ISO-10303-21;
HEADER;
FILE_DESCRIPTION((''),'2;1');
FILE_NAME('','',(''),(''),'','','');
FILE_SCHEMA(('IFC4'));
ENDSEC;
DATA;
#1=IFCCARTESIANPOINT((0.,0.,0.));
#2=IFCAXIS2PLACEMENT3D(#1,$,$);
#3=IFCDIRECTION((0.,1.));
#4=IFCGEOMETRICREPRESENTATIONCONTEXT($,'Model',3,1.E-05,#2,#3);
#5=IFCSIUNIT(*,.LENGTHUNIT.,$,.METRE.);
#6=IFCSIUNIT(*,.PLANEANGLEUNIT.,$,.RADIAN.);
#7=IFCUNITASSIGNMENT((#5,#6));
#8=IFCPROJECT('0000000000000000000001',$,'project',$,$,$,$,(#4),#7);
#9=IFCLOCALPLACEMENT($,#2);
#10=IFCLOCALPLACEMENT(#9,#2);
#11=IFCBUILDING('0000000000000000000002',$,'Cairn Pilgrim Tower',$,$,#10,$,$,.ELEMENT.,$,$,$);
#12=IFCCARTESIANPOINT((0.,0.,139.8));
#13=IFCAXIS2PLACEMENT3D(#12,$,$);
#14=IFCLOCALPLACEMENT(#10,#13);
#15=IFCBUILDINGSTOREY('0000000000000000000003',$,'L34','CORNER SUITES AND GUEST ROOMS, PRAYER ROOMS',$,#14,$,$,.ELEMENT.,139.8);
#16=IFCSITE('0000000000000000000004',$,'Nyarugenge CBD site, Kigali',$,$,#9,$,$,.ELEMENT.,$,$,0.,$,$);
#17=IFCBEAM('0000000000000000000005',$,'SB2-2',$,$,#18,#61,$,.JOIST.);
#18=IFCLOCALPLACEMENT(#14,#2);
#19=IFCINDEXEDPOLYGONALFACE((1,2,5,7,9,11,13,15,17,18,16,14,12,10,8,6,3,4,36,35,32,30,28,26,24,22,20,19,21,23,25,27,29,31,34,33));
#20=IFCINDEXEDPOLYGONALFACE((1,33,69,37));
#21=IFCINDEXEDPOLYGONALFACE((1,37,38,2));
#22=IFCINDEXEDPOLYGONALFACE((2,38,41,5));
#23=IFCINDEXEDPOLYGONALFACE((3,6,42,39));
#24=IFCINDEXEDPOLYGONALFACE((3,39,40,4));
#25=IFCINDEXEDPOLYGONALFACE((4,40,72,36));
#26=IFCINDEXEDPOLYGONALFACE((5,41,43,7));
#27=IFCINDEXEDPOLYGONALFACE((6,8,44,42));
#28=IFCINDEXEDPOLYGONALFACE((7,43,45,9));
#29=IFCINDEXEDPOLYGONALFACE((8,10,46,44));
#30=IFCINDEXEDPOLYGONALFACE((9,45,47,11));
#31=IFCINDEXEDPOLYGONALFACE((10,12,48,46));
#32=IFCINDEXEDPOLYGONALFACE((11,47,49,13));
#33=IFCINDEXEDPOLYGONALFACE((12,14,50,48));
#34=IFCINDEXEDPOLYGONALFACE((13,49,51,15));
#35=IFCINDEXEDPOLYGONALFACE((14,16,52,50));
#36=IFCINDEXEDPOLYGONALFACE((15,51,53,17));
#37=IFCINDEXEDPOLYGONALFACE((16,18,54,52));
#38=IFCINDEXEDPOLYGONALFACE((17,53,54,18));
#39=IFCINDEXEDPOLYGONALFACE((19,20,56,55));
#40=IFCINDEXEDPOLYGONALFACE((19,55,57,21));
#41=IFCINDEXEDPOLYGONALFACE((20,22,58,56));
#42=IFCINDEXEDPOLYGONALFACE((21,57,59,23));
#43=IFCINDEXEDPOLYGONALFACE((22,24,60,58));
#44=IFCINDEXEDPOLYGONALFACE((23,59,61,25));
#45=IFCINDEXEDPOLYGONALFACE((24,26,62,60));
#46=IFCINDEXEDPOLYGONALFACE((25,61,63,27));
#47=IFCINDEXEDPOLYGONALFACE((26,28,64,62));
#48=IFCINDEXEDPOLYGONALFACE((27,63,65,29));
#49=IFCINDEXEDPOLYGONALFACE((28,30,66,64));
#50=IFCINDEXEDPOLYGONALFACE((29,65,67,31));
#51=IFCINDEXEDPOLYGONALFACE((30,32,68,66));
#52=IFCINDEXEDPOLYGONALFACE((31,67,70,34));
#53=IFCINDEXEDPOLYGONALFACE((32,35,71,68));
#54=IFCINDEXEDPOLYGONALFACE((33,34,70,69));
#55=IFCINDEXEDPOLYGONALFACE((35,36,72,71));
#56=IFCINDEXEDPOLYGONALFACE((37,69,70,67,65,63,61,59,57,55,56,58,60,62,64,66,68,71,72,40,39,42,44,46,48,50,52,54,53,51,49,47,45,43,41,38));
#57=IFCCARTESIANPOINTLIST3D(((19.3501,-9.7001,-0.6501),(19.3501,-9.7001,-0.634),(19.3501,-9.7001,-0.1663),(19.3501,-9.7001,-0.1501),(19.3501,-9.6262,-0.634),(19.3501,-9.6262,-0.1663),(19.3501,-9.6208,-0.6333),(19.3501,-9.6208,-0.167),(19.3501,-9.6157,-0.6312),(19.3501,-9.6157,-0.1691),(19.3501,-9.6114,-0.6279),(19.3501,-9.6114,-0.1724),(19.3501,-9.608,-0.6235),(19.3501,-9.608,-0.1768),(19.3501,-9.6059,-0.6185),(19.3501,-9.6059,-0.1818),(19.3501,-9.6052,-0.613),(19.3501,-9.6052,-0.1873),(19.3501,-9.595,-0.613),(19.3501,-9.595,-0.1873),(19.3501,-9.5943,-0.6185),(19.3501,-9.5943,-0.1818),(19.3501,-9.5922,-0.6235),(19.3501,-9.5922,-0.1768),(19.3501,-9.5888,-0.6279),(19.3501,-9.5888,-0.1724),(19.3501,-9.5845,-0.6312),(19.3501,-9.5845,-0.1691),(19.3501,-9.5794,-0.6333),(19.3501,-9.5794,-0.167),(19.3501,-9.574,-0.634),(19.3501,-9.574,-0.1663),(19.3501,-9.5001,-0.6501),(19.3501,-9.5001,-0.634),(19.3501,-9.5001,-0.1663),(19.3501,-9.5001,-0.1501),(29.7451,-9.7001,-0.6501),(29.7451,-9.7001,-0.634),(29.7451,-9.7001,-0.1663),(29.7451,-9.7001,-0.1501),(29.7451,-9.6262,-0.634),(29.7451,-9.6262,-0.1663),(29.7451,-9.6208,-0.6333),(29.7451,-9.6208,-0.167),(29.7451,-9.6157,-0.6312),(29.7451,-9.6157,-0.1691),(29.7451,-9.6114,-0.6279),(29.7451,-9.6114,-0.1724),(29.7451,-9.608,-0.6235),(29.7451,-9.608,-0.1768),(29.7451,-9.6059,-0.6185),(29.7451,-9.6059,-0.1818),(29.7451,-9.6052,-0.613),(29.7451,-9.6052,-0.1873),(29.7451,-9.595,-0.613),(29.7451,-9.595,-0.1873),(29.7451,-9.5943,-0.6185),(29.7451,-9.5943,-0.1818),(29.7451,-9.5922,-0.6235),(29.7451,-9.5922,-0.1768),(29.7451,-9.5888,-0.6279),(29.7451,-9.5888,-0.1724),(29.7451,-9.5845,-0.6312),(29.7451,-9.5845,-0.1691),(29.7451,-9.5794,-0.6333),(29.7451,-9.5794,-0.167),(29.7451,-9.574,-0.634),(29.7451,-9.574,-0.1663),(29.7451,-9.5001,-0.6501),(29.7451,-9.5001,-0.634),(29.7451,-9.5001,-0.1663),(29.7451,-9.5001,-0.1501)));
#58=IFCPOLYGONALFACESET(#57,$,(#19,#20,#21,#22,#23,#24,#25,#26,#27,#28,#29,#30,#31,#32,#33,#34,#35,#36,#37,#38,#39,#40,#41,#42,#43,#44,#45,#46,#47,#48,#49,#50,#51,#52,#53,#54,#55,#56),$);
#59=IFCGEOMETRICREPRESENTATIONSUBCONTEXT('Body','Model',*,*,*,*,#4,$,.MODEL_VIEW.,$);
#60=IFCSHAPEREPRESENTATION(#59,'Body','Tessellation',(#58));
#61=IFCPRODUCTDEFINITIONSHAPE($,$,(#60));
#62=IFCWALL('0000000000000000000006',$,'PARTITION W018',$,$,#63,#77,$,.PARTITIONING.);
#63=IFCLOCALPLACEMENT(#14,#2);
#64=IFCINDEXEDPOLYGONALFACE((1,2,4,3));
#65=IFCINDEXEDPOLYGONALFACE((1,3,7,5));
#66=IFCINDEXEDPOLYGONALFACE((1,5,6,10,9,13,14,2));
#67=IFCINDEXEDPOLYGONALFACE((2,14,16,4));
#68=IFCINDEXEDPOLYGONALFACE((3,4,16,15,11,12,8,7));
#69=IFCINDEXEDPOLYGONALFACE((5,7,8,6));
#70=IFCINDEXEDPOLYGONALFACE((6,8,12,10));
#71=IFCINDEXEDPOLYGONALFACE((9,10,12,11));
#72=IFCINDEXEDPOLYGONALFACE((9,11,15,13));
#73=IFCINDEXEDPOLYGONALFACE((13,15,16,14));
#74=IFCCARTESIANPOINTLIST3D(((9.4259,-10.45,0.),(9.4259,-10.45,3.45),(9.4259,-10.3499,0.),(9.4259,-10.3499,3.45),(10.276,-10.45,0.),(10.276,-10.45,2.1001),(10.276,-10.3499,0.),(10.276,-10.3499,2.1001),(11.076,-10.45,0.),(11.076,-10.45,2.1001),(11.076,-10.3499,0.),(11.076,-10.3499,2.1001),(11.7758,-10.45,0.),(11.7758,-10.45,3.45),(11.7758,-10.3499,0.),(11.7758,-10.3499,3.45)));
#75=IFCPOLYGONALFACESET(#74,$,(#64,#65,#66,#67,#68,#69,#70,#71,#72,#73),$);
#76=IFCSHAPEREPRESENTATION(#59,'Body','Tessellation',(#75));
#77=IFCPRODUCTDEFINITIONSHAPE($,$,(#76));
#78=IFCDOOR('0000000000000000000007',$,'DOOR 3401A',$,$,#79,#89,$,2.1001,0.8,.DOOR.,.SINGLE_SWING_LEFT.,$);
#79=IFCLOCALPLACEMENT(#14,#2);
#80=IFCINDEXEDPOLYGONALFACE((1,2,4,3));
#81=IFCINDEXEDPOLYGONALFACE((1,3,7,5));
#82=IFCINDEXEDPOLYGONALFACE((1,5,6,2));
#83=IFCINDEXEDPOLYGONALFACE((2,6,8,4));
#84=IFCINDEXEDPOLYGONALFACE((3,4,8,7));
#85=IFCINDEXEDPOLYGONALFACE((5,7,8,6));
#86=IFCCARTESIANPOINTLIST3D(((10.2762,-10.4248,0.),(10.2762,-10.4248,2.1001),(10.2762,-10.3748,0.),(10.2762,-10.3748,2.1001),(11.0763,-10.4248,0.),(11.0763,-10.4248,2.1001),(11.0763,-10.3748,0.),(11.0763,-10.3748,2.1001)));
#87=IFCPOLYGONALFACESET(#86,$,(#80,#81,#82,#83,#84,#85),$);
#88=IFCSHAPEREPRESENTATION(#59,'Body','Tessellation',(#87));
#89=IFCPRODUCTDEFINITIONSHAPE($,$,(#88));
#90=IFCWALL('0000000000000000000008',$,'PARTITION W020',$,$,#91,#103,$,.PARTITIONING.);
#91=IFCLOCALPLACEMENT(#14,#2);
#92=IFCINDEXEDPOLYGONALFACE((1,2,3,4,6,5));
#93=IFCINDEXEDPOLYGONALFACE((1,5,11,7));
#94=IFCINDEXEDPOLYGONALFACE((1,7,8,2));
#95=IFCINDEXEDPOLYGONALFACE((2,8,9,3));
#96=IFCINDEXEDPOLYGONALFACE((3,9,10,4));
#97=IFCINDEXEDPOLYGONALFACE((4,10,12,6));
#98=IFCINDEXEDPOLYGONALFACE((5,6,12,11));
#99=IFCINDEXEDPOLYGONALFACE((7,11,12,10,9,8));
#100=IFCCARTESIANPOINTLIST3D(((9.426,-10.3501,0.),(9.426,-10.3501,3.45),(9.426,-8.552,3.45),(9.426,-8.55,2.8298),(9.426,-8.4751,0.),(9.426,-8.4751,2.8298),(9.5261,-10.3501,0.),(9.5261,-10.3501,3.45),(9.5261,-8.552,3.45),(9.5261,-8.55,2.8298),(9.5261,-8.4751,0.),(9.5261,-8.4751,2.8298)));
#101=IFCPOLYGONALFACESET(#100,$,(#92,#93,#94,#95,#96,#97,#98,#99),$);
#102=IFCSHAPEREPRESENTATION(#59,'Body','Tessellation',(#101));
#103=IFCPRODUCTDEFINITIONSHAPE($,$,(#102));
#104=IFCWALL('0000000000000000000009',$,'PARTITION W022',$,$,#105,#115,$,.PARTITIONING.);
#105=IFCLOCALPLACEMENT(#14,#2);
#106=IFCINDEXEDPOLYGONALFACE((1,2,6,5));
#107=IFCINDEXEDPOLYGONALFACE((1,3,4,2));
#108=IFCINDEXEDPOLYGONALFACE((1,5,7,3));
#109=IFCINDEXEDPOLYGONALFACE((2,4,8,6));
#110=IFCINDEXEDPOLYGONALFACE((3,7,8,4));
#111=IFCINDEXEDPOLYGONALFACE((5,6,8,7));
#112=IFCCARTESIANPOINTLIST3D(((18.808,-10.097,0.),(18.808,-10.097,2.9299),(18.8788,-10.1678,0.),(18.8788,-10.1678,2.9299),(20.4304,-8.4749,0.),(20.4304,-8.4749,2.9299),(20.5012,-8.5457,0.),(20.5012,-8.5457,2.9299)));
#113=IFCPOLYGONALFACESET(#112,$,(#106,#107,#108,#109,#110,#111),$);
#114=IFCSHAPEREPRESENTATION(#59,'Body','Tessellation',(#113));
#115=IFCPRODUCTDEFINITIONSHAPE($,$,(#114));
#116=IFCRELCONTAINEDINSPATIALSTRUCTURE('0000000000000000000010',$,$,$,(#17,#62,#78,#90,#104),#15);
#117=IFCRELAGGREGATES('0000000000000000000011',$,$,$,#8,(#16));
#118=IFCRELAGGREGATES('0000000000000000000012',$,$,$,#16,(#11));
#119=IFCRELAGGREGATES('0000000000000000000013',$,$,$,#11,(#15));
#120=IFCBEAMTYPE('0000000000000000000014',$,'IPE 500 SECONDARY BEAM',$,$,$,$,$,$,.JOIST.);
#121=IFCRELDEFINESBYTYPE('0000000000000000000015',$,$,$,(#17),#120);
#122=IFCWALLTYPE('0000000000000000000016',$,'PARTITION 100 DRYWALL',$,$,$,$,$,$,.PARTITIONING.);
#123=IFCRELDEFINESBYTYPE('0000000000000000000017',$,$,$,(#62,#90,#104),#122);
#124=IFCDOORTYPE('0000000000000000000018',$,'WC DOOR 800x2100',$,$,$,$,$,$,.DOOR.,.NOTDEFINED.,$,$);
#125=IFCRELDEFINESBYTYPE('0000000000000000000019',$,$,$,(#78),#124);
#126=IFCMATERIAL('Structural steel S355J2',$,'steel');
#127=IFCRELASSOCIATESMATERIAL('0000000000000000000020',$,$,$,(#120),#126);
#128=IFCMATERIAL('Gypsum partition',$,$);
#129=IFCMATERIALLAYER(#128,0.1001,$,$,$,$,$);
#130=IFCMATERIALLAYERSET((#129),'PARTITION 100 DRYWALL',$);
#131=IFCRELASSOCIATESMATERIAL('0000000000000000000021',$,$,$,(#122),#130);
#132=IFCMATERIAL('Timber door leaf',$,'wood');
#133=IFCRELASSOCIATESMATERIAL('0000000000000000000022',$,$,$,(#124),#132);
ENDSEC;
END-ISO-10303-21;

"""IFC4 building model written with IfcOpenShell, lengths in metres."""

from ifc_helpers import new_model, si_unit, direction, frame, frame_2d, origin, origin_2d, place, context, subcontext, project, spatial, polyline, rectangle, i_section, outline, extrude, material, layer, layer_set, material_profile, profile_set, type_object, element, fill, save


model = new_model("IFC4")

# Units and contexts
model_context = context("Model", 3, precision=1e-05, world=origin(), true_north=direction((0.0, 1.0)))
body_context = subcontext(model_context, "Body", "Model", "MODEL_VIEW")
ifc_project = project(units=[si_unit("LENGTHUNIT", "METRE"), si_unit("PLANEANGLEUNIT", "RADIAN")], contexts=[model_context])

# Site, building, storey
site_placement = place(None, origin())
site = spatial("IfcSite", under=ifc_project, at=site_placement, Name="Nyarugenge CBD site, Kigali", CompositionType="ELEMENT", RefElevation=0.0)
building_placement = place(site_placement, origin())
building = spatial("IfcBuilding", under=site, at=building_placement, Name="Cairn Pilgrim Tower", CompositionType="ELEMENT")
storey_placement = place(building_placement, frame((0.0, 0.0, 139.8)))
storey = spatial("IfcBuildingStorey", under=building, at=storey_placement, Name="L34", Description="CORNER SUITES AND GUEST ROOMS, PRAYER ROOMS", CompositionType="ELEMENT", Elevation=139.8)

# Beam
ifc_material_1 = material(Name="Structural steel S355J2", Category="steel")
ifc_material_profile_1 = material_profile(ifc_material_1, i_section(OverallWidth=0.2, OverallDepth=0.5, WebThickness=0.0103, FlangeThickness=0.0161, FilletRadius=0.021, at=origin_2d()), Name="IPE 500")
ifc_profile_set_1 = profile_set([ifc_material_profile_1], Name="Structural steel S355J2")
beam_type_1 = type_object("IfcBeamType", Name="IPE 500 SECONDARY BEAM", PredefinedType="JOIST", material=ifc_profile_set_1)
beam_1_placement = place(storey_placement, frame((19.3501, -9.6001, -0.4001), z_axis=(1.0, 0.0, 0.0), x_axis=(0.0, 1.0, 0.0)))
element("IfcBeam", 1, at=beam_1_placement, inside=storey, type_object=beam_type_1, Name="SB2-2", PredefinedType="JOIST", context=body_context, shape_type="SweptSolid", body=[
    extrude(i_section(OverallWidth=0.2, OverallDepth=0.5, WebThickness=0.0103, FlangeThickness=0.0161, FilletRadius=0.021, at=origin_2d()), origin(), (0.0, 0.0, 1.0), 10.395),
])

# Wall, opening, door
ifc_material_2 = material(Name="Gypsum partition")
ifc_layer_1 = layer(ifc_material_2, 0.1001)
ifc_layer_set_1 = layer_set([ifc_layer_1], Name="PARTITION 100 DRYWALL")
wall_type_1 = type_object("IfcWallType", Name="PARTITION 100 DRYWALL", PredefinedType="PARTITIONING", material=ifc_layer_set_1)
wall_1_placement = place(storey_placement, frame((9.426, -10.3999, 0.0), z_axis=(0.0, 0.0, 1.0), x_axis=(1.0, 0.0, 0.0)))
wall_1 = element("IfcWall", 2, at=wall_1_placement, inside=storey, type_object=wall_type_1, Name="PARTITION W018", PredefinedType="PARTITIONING", context=body_context, shape_type="SweptSolid", body=[
    extrude(rectangle(XDim=2.3499, YDim=0.1001, at=frame_2d((1.1748, 0.0))), origin(), (0.0, 0.0, 1.0), 3.45),
])
opening_1_placement = place(wall_1_placement, frame((0.8501, 0.0, 0.0)))
opening_1 = element("IfcOpeningElement", 3, at=opening_1_placement, cuts=wall_1, PredefinedType="OPENING", context=body_context, shape_type="SweptSolid", body=[
    extrude(rectangle(XDim=0.8, YDim=2.1001, at=frame_2d((0.3999, 1.05))), frame((0.0, 0.0601, 0.0), z_axis=(0.0, -1.0, 0.0), x_axis=(1.0, 0.0, 0.0)), (0.0, 0.0, 1.0), 0.1201),
])
ifc_material_3 = material(Name="Timber door leaf", Category="wood")
door_type_1 = type_object("IfcDoorType", Name="WC DOOR 800x2100", OperationType="NOTDEFINED", PredefinedType="DOOR", material=ifc_material_3)
door_1_placement = place(opening_1_placement, frame((0.8, 0.0, 0.0), z_axis=(0.0, 0.0, 1.0), x_axis=(-1.0, 0.0, 0.0)))
door_1 = element("IfcDoor", 4, at=door_1_placement, inside=storey, type_object=door_type_1, Name="DOOR 3401A", OperationType="SINGLE_SWING_LEFT", OverallHeight=2.1001, OverallWidth=0.8, PredefinedType="DOOR", context=body_context, shape_type="SweptSolid", body=[
    extrude(rectangle(XDim=0.8, YDim=2.1001, at=frame_2d((0.3999, 1.05))), frame((0.0, 0.0249, 0.0), z_axis=(0.0, -1.0, 0.0), x_axis=(1.0, 0.0, 0.0)), (0.0, 0.0, 1.0), 0.05),
])
fill(opening_1, door_1)

# Walls
wall_2_placement = place(storey_placement, frame((9.4761, -10.3501, 0.0), z_axis=(0.0, 0.0, 1.0), x_axis=(0.0, 1.0, 0.0)))
element("IfcWall", 5, at=wall_2_placement, inside=storey, type_object=wall_type_1, Name="PARTITION W020", PredefinedType="PARTITIONING", context=body_context, shape_type="SweptSolid", body=[
    extrude(outline(polyline([(0.0, 0.0), (1.875, 0.0), (1.875, 2.8298), (1.8, 2.8298), (1.7981, 3.45), (0.0, 3.45), (0.0, 0.0)])), frame((0.0, 0.05, 0.0), z_axis=(0.0, -1.0, 0.0), x_axis=(1.0, 0.0, 0.0)), (0.0, 0.0, 1.0), 0.1001),
])
wall_3_placement = place(storey_placement, frame((18.8435, -10.1323, 0.0), z_axis=(0.0, 0.0, 1.0), x_axis=(0.70716, 0.707054, 0.0)))
element("IfcWall", 6, at=wall_3_placement, inside=storey, type_object=wall_type_1, Name="PARTITION W022", PredefinedType="PARTITIONING", context=body_context, shape_type="SweptSolid", body=[
    extrude(rectangle(XDim=2.2942, YDim=0.1001, at=frame_2d((1.147, 0.0))), origin(), (0.0, 0.0, 1.0), 2.9299),
])

save(model, "model.ifc")
